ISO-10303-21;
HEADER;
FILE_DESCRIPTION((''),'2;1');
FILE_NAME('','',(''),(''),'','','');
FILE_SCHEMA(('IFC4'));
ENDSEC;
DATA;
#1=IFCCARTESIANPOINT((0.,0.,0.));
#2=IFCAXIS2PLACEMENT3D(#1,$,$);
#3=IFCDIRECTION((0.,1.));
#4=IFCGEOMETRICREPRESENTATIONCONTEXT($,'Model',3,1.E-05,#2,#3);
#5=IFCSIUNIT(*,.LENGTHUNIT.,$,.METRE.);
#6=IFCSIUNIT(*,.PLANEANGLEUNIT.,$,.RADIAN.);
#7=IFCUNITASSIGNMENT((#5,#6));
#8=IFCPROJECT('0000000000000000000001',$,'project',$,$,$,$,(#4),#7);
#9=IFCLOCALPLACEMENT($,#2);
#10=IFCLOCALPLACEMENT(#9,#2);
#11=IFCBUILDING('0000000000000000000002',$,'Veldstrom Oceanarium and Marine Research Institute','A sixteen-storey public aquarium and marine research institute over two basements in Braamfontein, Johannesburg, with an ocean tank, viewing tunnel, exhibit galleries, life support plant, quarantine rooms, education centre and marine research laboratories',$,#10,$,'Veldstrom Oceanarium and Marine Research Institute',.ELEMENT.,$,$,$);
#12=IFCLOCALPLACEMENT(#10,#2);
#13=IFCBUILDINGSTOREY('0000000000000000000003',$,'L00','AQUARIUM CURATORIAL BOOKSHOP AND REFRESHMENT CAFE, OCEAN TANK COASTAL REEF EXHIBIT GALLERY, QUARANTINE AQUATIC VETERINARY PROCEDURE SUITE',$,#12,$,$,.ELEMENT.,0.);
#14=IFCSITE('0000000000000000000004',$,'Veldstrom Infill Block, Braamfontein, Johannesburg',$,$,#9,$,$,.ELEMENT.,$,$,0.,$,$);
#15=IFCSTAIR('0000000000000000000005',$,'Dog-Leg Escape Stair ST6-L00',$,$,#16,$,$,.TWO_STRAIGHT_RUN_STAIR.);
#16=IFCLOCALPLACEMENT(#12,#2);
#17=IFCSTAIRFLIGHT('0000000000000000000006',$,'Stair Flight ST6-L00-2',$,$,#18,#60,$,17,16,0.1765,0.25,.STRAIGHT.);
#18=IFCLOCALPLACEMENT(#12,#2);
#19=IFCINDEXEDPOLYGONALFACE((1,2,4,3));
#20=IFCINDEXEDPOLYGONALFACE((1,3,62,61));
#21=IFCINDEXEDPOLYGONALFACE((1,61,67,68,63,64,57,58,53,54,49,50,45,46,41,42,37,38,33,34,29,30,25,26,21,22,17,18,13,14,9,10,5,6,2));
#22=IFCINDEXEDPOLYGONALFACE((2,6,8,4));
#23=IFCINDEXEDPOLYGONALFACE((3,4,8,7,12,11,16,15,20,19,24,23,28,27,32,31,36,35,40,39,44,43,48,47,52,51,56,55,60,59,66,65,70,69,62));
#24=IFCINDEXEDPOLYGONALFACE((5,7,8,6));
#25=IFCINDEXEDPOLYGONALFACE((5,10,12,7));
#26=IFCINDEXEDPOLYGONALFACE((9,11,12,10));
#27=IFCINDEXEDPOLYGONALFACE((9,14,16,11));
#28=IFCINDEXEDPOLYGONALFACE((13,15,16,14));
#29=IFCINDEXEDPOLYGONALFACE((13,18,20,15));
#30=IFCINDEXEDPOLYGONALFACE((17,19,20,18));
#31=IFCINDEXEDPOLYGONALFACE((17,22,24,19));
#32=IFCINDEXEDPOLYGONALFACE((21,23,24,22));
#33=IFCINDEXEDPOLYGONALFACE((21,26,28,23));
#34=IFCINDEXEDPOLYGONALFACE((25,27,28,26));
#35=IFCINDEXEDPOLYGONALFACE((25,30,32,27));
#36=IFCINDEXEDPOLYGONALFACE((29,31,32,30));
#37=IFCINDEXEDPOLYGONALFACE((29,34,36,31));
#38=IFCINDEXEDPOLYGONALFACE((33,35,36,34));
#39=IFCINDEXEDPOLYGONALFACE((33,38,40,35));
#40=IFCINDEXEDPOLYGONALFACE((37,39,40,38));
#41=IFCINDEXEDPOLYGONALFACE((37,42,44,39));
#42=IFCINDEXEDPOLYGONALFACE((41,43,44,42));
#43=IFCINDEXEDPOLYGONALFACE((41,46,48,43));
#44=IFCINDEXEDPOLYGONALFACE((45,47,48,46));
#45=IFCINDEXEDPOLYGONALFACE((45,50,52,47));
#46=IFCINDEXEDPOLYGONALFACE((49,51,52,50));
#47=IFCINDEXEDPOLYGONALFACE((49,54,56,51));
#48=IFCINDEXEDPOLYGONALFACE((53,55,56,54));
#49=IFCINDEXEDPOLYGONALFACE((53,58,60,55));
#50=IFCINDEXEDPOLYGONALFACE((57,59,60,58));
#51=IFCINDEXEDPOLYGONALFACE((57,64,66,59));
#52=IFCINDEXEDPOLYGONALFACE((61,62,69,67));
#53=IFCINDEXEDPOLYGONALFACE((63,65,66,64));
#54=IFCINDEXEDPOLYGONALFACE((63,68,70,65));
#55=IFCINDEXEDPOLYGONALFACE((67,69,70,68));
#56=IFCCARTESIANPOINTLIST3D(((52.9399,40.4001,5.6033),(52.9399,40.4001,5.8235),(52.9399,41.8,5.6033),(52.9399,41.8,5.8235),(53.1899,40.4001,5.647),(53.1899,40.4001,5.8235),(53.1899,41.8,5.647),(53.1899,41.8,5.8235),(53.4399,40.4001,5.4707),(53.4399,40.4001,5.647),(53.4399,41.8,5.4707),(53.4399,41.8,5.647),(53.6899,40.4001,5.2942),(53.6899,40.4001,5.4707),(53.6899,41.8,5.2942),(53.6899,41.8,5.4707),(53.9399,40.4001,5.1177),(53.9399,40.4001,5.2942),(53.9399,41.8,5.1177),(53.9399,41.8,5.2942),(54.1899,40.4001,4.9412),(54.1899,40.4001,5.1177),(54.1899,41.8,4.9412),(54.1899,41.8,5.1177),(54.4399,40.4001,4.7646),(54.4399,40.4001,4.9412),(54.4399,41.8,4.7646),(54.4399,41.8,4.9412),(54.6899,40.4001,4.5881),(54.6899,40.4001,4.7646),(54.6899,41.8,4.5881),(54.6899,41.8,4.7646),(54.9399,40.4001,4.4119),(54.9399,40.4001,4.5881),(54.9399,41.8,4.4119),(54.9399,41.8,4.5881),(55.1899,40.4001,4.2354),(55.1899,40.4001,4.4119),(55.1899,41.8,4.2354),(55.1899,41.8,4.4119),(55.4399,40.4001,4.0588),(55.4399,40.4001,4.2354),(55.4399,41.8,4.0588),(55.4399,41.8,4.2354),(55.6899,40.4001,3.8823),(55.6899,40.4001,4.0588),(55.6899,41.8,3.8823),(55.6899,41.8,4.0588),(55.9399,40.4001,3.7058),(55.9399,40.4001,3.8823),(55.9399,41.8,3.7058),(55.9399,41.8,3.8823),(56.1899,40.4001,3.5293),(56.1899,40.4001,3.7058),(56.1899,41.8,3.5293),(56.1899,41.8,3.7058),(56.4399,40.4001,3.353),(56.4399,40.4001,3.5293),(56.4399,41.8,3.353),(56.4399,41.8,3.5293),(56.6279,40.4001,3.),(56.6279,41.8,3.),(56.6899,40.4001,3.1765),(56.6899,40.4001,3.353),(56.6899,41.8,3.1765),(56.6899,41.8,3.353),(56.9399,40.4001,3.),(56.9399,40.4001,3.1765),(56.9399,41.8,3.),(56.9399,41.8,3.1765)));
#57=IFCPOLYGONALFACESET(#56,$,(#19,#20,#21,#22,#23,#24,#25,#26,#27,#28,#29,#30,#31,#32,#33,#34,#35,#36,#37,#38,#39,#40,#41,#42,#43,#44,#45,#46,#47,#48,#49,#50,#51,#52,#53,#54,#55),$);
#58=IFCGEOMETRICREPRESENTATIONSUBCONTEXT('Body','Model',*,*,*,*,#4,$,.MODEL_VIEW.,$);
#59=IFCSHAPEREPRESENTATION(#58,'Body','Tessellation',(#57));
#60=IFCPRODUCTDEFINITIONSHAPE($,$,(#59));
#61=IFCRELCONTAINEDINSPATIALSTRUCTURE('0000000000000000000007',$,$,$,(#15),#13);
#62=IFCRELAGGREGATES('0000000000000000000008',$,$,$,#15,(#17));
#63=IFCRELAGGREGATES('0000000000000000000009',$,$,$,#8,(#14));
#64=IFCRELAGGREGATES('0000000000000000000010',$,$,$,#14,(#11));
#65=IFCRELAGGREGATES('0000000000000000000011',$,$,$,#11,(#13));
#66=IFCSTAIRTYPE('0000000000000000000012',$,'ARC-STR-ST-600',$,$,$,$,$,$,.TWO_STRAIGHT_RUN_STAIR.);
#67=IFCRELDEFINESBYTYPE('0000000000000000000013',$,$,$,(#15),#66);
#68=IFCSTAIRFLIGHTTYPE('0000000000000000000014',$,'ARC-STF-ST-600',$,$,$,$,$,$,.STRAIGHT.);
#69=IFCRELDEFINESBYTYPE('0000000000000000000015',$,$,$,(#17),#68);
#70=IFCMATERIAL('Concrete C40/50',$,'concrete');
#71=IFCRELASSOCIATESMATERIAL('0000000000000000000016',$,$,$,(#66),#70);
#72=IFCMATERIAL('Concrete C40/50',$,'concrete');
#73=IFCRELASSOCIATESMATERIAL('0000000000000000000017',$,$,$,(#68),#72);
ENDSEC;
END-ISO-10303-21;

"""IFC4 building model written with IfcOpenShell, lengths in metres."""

from ifc_helpers import new_model, si_unit, direction, frame, origin, place, context, subcontext, project, spatial, polyline, outline, extrude, material, type_object, element, aggregate, save


model = new_model("IFC4")

# Units and contexts
model_context = context("Model", 3, precision=1e-05, world=origin(), true_north=direction((0.0, 1.0)))
body_context = subcontext(model_context, "Body", "Model", "MODEL_VIEW")
ifc_project = project(units=[si_unit("LENGTHUNIT", "METRE"), si_unit("PLANEANGLEUNIT", "RADIAN")], contexts=[model_context])

# Site, building, storey
site_placement = place(None, origin())
site = spatial("IfcSite", under=ifc_project, at=site_placement, Name="Veldstrom Infill Block, Braamfontein, Johannesburg", CompositionType="ELEMENT", RefElevation=0.0)
building_placement = place(site_placement, origin())
building = spatial("IfcBuilding", under=site, at=building_placement, Name="Veldstrom Oceanarium and Marine Research Institute", Description="A sixteen-storey public aquarium and marine research institute over two basements in Braamfontein, Johannesburg, with an ocean tank, viewing tunnel, exhibit galleries, life support plant, quarantine rooms, education centre and marine research laboratories", LongName="Veldstrom Oceanarium and Marine Research Institute", CompositionType="ELEMENT")
storey_placement = place(building_placement, origin())
storey = spatial("IfcBuildingStorey", under=building, at=storey_placement, Name="L00", Description="AQUARIUM CURATORIAL BOOKSHOP AND REFRESHMENT CAFE, OCEAN TANK COASTAL REEF EXHIBIT GALLERY, QUARANTINE AQUATIC VETERINARY PROCEDURE SUITE", CompositionType="ELEMENT", Elevation=0.0)

# Stair, stair flight
ifc_material_1 = material(Name="Concrete C40/50", Category="concrete")
stair_type = type_object("IfcStairType", Name="ARC-STR-ST-600", PredefinedType="TWO_STRAIGHT_RUN_STAIR", material=ifc_material_1)
stair_placement = place(storey_placement, origin())
stair = element("IfcStair", 1, at=stair_placement, inside=storey, type_object=stair_type, Name="Dog-Leg Escape Stair ST6-L00", PredefinedType="TWO_STRAIGHT_RUN_STAIR")
ifc_material_2 = material(Name="Concrete C40/50", Category="concrete")
stair_flight_type = type_object("IfcStairFlightType", Name="ARC-STF-ST-600", PredefinedType="STRAIGHT", material=ifc_material_2)
stair_flight_1_placement = place(storey_placement, frame((56.9399, 41.1001, 3.0), z_axis=(0.0, 0.0, 1.0), x_axis=(-1.0, 0.0, 0.0)))
stair_flight_1 = element("IfcStairFlight", 2, at=stair_flight_1_placement, type_object=stair_flight_type, Name="Stair Flight ST6-L00-2", NumberOfRisers=17, NumberOfTreads=16, PredefinedType="STRAIGHT", RiserHeight=0.1765, TreadLength=0.25, context=body_context, shape_type="SweptSolid", body=[
    extrude(outline(polyline([(0.0, 0.0), (0.0, 0.1765), (0.25, 0.1765), (0.25, 0.353), (0.5, 0.353), (0.5, 0.5293), (0.75, 0.5293), (0.75, 0.7058), (1.0, 0.7058), (1.0, 0.8823), (1.25, 0.8823), (1.25, 1.0588), (1.5, 1.0588), (1.5, 1.2354), (1.75, 1.2354), (1.75, 1.4119), (2.0, 1.4119), (2.0, 1.5881), (2.25, 1.5881), (2.25, 1.7646), (2.5, 1.7646), (2.5, 1.9412), (2.75, 1.9412), (2.75, 2.1177), (3.0, 2.1177), (3.0, 2.2942), (3.25, 2.2942), (3.25, 2.4707), (3.5, 2.4707), (3.5, 2.647), (3.75, 2.647), (3.75, 2.8235), (4.0, 2.8235), (4.0, 3.0), (4.0, 2.6033), (0.312, 0.0), (0.0, 0.0)])), frame((0.0, 0.7, 0.0), z_axis=(0.0, -1.0, 0.0), x_axis=(1.0, 0.0, 0.0)), (0.0, 0.0, 1.0), 1.3999),
])
aggregate(stair, [stair_flight_1])

save(model, "model.ifc")
